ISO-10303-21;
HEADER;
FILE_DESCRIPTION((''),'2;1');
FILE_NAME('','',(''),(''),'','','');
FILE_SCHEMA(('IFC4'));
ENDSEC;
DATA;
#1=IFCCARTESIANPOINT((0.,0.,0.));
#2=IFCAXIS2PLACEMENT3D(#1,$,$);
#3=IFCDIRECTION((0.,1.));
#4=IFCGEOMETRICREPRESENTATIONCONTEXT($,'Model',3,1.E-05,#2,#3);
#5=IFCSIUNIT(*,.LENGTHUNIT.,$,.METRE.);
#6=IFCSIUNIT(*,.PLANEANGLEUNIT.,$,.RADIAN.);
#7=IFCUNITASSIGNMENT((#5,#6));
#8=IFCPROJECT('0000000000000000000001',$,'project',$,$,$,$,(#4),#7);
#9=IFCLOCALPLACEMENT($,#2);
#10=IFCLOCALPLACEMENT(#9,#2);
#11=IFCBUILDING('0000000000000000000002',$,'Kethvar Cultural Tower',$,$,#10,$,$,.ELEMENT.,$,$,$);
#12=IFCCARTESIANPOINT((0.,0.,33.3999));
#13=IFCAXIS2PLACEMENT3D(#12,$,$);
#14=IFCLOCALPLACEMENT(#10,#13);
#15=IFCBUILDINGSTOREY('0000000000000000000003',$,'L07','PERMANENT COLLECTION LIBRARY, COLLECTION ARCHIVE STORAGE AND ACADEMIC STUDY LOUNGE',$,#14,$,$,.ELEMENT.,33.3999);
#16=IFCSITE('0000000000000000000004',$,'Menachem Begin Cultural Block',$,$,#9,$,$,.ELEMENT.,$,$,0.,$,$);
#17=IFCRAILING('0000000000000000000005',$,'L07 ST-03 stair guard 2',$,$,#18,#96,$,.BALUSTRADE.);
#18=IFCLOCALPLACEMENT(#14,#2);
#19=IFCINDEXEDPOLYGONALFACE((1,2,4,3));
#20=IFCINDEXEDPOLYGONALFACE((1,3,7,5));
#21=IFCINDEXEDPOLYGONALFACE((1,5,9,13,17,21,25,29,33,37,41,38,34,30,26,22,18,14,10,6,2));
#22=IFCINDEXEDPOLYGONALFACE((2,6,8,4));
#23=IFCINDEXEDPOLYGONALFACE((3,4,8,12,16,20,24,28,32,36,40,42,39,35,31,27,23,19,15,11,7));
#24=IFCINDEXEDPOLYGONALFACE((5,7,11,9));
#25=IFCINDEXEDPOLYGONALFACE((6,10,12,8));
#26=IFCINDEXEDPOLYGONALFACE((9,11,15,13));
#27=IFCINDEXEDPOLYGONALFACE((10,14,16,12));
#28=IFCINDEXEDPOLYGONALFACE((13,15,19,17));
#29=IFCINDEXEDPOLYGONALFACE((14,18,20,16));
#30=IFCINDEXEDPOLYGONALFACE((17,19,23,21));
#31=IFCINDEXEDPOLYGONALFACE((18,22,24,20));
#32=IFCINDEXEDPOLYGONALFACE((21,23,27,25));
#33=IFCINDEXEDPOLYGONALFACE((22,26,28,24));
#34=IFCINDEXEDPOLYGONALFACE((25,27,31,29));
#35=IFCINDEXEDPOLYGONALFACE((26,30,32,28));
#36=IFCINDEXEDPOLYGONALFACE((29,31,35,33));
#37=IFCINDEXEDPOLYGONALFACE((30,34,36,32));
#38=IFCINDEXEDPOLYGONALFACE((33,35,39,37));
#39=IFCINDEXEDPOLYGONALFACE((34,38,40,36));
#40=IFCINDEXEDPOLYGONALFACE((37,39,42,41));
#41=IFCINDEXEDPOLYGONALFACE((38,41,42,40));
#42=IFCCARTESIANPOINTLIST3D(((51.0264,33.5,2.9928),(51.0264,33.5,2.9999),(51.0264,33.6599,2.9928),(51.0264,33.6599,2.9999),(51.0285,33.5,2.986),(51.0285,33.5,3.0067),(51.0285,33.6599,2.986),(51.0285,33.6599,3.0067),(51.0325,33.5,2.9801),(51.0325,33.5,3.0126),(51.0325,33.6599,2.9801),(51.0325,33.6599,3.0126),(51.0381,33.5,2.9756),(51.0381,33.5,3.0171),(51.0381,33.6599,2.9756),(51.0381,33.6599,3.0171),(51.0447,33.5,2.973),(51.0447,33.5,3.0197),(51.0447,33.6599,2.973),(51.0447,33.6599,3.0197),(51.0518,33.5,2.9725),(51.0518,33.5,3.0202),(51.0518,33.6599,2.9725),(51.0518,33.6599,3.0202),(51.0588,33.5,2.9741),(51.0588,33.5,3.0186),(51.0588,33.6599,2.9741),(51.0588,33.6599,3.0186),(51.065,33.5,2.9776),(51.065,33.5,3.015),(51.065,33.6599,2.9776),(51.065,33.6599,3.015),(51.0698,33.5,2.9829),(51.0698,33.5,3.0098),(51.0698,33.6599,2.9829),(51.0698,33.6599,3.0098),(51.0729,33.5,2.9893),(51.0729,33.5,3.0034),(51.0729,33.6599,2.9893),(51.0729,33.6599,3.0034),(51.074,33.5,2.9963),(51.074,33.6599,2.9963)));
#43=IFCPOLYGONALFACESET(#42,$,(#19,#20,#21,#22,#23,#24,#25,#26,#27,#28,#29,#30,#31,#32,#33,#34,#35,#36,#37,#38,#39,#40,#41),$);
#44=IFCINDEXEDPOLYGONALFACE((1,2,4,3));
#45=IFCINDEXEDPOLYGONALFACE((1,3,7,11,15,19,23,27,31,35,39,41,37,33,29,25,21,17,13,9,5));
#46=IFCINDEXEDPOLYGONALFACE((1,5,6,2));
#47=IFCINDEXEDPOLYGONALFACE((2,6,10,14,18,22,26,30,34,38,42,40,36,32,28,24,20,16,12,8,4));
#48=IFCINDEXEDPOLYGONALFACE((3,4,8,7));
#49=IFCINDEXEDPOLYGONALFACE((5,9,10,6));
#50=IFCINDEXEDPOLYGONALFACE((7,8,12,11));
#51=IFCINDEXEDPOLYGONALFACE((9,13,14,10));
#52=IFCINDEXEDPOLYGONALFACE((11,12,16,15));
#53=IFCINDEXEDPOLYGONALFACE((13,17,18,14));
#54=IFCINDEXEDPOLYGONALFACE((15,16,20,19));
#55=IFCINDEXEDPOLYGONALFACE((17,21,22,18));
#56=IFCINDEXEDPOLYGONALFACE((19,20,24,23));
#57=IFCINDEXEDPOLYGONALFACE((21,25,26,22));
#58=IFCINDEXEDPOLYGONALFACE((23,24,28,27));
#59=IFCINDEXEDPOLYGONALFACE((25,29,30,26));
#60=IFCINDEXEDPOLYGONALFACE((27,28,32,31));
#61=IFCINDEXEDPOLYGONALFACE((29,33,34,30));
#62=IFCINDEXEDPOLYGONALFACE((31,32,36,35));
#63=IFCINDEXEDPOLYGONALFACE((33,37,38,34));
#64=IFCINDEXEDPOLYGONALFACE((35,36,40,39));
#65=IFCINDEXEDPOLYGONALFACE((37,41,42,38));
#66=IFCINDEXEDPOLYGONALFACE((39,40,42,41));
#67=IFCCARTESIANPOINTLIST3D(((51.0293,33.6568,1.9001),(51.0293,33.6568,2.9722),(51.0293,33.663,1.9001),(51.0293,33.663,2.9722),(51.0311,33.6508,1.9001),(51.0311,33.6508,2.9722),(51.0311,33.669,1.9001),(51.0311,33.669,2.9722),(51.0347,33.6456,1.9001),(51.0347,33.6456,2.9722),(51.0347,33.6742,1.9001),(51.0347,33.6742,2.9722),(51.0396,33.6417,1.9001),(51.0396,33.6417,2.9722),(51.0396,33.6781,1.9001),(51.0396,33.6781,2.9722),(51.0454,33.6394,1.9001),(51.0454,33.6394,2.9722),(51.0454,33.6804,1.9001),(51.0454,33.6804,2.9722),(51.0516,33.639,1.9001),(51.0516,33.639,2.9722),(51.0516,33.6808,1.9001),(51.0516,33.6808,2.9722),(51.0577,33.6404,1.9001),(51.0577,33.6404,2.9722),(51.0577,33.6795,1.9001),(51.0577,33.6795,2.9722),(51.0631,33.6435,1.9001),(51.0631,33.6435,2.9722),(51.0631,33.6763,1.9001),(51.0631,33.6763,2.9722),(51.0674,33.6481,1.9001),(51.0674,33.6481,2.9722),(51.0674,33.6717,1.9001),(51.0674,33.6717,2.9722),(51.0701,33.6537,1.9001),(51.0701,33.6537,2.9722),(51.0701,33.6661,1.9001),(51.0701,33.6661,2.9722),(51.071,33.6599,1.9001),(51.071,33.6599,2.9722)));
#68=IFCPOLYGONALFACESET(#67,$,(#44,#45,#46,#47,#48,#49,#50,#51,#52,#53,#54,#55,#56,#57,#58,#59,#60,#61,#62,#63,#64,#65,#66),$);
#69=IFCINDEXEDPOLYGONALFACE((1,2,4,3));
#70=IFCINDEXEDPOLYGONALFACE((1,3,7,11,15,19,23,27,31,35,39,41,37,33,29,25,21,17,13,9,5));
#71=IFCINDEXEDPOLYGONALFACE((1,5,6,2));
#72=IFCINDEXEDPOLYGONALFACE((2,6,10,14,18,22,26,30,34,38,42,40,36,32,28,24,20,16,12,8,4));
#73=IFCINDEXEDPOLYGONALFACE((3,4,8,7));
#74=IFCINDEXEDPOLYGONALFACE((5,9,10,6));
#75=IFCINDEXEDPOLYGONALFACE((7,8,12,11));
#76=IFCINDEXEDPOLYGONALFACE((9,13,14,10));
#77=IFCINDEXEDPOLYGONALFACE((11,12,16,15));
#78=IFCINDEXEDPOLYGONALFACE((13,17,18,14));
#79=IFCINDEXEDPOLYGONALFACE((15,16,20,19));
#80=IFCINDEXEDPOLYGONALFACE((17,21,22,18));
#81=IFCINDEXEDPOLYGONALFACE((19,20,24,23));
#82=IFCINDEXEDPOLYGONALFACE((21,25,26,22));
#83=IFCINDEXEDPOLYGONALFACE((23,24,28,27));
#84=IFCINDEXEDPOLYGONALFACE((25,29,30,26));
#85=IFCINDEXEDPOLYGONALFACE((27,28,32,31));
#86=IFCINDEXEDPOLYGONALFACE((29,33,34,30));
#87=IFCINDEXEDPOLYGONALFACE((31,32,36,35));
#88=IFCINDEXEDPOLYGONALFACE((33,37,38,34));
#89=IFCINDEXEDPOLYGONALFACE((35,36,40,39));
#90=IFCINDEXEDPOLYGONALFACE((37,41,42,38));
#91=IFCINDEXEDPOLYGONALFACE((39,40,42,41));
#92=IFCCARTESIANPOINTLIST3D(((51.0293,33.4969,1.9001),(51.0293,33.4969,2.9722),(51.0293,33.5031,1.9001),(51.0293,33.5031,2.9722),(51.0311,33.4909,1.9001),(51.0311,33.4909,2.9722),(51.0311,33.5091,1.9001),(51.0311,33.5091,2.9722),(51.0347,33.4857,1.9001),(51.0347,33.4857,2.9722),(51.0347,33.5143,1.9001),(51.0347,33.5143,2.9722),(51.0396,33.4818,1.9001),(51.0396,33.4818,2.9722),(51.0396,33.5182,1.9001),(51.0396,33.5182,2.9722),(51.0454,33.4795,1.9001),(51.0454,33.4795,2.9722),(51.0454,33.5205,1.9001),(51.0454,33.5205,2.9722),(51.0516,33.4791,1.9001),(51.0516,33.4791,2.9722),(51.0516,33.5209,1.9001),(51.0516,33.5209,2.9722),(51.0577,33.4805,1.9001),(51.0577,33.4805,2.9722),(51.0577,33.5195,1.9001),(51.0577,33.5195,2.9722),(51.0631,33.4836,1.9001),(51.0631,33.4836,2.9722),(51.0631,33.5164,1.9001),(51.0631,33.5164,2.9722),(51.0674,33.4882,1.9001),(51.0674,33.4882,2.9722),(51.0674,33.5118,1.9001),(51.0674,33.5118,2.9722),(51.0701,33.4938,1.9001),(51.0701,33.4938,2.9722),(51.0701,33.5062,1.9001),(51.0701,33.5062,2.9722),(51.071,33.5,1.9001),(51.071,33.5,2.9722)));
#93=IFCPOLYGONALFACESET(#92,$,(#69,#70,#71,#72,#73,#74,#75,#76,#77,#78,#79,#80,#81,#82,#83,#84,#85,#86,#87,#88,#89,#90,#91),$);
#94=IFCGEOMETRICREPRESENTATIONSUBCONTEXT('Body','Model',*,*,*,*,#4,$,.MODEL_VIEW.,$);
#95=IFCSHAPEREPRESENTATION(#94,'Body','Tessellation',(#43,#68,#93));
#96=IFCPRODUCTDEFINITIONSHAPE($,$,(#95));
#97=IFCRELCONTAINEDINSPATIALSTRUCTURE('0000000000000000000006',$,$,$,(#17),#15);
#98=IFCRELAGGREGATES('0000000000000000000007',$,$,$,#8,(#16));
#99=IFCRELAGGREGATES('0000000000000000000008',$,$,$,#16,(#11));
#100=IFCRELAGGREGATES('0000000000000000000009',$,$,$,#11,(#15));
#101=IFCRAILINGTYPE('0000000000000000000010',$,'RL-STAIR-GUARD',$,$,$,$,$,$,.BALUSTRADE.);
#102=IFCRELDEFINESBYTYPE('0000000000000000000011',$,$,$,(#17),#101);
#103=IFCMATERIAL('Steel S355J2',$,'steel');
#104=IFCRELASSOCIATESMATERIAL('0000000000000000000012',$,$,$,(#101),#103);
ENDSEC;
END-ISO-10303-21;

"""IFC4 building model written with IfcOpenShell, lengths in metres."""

from ifc_helpers import new_model, si_unit, direction, frame, origin, origin_2d, place, context, subcontext, project, spatial, circle, extrude, material, type_object, element, save


model = new_model("IFC4")

# Units and contexts
model_context = context("Model", 3, precision=1e-05, world=origin(), true_north=direction((0.0, 1.0)))
body_context = subcontext(model_context, "Body", "Model", "MODEL_VIEW")
ifc_project = project(units=[si_unit("LENGTHUNIT", "METRE"), si_unit("PLANEANGLEUNIT", "RADIAN")], contexts=[model_context])

# Site, building, storey
site_placement = place(None, origin())
site = spatial("IfcSite", under=ifc_project, at=site_placement, Name="Menachem Begin Cultural Block", CompositionType="ELEMENT", RefElevation=0.0)
building_placement = place(site_placement, origin())
building = spatial("IfcBuilding", under=site, at=building_placement, Name="Kethvar Cultural Tower", CompositionType="ELEMENT")
storey_placement = place(building_placement, frame((0.0, 0.0, 33.3999)))
storey = spatial("IfcBuildingStorey", under=building, at=storey_placement, Name="L07", Description="PERMANENT COLLECTION LIBRARY, COLLECTION ARCHIVE STORAGE AND ACADEMIC STUDY LOUNGE", CompositionType="ELEMENT", Elevation=33.3999)

# Shared definitions
ifc_material_1 = material(Name="Steel S355J2", Category="steel")

# Railing
railing_type_1 = type_object("IfcRailingType", Name="RL-STAIR-GUARD", PredefinedType="BALUSTRADE", material=ifc_material_1)
railing_1_placement = place(storey_placement, frame((51.05, 33.6599, 1.9001)))
element("IfcRailing", 1, at=railing_1_placement, inside=storey, type_object=railing_type_1, Name="L07 ST-03 stair guard 2", PredefinedType="BALUSTRADE", context=body_context, shape_type="SweptSolid", body=[
    extrude(circle(Radius=0.0239, at=origin_2d()), frame((0.0, 0.0, 1.0962), z_axis=(0.0, -1.0, 0.0), x_axis=(1.0, 0.0, 0.0)), (0.0, 0.0, 1.0), 0.1599),
    extrude(circle(Radius=0.021, at=origin_2d()), origin(), (0.0, 0.0, 1.0), 1.072),
    extrude(circle(Radius=0.021, at=origin_2d()), frame((0.0, -0.1599, 0.0)), (0.0, 0.0, 1.0), 1.072),
])

save(model, "model.ifc")
